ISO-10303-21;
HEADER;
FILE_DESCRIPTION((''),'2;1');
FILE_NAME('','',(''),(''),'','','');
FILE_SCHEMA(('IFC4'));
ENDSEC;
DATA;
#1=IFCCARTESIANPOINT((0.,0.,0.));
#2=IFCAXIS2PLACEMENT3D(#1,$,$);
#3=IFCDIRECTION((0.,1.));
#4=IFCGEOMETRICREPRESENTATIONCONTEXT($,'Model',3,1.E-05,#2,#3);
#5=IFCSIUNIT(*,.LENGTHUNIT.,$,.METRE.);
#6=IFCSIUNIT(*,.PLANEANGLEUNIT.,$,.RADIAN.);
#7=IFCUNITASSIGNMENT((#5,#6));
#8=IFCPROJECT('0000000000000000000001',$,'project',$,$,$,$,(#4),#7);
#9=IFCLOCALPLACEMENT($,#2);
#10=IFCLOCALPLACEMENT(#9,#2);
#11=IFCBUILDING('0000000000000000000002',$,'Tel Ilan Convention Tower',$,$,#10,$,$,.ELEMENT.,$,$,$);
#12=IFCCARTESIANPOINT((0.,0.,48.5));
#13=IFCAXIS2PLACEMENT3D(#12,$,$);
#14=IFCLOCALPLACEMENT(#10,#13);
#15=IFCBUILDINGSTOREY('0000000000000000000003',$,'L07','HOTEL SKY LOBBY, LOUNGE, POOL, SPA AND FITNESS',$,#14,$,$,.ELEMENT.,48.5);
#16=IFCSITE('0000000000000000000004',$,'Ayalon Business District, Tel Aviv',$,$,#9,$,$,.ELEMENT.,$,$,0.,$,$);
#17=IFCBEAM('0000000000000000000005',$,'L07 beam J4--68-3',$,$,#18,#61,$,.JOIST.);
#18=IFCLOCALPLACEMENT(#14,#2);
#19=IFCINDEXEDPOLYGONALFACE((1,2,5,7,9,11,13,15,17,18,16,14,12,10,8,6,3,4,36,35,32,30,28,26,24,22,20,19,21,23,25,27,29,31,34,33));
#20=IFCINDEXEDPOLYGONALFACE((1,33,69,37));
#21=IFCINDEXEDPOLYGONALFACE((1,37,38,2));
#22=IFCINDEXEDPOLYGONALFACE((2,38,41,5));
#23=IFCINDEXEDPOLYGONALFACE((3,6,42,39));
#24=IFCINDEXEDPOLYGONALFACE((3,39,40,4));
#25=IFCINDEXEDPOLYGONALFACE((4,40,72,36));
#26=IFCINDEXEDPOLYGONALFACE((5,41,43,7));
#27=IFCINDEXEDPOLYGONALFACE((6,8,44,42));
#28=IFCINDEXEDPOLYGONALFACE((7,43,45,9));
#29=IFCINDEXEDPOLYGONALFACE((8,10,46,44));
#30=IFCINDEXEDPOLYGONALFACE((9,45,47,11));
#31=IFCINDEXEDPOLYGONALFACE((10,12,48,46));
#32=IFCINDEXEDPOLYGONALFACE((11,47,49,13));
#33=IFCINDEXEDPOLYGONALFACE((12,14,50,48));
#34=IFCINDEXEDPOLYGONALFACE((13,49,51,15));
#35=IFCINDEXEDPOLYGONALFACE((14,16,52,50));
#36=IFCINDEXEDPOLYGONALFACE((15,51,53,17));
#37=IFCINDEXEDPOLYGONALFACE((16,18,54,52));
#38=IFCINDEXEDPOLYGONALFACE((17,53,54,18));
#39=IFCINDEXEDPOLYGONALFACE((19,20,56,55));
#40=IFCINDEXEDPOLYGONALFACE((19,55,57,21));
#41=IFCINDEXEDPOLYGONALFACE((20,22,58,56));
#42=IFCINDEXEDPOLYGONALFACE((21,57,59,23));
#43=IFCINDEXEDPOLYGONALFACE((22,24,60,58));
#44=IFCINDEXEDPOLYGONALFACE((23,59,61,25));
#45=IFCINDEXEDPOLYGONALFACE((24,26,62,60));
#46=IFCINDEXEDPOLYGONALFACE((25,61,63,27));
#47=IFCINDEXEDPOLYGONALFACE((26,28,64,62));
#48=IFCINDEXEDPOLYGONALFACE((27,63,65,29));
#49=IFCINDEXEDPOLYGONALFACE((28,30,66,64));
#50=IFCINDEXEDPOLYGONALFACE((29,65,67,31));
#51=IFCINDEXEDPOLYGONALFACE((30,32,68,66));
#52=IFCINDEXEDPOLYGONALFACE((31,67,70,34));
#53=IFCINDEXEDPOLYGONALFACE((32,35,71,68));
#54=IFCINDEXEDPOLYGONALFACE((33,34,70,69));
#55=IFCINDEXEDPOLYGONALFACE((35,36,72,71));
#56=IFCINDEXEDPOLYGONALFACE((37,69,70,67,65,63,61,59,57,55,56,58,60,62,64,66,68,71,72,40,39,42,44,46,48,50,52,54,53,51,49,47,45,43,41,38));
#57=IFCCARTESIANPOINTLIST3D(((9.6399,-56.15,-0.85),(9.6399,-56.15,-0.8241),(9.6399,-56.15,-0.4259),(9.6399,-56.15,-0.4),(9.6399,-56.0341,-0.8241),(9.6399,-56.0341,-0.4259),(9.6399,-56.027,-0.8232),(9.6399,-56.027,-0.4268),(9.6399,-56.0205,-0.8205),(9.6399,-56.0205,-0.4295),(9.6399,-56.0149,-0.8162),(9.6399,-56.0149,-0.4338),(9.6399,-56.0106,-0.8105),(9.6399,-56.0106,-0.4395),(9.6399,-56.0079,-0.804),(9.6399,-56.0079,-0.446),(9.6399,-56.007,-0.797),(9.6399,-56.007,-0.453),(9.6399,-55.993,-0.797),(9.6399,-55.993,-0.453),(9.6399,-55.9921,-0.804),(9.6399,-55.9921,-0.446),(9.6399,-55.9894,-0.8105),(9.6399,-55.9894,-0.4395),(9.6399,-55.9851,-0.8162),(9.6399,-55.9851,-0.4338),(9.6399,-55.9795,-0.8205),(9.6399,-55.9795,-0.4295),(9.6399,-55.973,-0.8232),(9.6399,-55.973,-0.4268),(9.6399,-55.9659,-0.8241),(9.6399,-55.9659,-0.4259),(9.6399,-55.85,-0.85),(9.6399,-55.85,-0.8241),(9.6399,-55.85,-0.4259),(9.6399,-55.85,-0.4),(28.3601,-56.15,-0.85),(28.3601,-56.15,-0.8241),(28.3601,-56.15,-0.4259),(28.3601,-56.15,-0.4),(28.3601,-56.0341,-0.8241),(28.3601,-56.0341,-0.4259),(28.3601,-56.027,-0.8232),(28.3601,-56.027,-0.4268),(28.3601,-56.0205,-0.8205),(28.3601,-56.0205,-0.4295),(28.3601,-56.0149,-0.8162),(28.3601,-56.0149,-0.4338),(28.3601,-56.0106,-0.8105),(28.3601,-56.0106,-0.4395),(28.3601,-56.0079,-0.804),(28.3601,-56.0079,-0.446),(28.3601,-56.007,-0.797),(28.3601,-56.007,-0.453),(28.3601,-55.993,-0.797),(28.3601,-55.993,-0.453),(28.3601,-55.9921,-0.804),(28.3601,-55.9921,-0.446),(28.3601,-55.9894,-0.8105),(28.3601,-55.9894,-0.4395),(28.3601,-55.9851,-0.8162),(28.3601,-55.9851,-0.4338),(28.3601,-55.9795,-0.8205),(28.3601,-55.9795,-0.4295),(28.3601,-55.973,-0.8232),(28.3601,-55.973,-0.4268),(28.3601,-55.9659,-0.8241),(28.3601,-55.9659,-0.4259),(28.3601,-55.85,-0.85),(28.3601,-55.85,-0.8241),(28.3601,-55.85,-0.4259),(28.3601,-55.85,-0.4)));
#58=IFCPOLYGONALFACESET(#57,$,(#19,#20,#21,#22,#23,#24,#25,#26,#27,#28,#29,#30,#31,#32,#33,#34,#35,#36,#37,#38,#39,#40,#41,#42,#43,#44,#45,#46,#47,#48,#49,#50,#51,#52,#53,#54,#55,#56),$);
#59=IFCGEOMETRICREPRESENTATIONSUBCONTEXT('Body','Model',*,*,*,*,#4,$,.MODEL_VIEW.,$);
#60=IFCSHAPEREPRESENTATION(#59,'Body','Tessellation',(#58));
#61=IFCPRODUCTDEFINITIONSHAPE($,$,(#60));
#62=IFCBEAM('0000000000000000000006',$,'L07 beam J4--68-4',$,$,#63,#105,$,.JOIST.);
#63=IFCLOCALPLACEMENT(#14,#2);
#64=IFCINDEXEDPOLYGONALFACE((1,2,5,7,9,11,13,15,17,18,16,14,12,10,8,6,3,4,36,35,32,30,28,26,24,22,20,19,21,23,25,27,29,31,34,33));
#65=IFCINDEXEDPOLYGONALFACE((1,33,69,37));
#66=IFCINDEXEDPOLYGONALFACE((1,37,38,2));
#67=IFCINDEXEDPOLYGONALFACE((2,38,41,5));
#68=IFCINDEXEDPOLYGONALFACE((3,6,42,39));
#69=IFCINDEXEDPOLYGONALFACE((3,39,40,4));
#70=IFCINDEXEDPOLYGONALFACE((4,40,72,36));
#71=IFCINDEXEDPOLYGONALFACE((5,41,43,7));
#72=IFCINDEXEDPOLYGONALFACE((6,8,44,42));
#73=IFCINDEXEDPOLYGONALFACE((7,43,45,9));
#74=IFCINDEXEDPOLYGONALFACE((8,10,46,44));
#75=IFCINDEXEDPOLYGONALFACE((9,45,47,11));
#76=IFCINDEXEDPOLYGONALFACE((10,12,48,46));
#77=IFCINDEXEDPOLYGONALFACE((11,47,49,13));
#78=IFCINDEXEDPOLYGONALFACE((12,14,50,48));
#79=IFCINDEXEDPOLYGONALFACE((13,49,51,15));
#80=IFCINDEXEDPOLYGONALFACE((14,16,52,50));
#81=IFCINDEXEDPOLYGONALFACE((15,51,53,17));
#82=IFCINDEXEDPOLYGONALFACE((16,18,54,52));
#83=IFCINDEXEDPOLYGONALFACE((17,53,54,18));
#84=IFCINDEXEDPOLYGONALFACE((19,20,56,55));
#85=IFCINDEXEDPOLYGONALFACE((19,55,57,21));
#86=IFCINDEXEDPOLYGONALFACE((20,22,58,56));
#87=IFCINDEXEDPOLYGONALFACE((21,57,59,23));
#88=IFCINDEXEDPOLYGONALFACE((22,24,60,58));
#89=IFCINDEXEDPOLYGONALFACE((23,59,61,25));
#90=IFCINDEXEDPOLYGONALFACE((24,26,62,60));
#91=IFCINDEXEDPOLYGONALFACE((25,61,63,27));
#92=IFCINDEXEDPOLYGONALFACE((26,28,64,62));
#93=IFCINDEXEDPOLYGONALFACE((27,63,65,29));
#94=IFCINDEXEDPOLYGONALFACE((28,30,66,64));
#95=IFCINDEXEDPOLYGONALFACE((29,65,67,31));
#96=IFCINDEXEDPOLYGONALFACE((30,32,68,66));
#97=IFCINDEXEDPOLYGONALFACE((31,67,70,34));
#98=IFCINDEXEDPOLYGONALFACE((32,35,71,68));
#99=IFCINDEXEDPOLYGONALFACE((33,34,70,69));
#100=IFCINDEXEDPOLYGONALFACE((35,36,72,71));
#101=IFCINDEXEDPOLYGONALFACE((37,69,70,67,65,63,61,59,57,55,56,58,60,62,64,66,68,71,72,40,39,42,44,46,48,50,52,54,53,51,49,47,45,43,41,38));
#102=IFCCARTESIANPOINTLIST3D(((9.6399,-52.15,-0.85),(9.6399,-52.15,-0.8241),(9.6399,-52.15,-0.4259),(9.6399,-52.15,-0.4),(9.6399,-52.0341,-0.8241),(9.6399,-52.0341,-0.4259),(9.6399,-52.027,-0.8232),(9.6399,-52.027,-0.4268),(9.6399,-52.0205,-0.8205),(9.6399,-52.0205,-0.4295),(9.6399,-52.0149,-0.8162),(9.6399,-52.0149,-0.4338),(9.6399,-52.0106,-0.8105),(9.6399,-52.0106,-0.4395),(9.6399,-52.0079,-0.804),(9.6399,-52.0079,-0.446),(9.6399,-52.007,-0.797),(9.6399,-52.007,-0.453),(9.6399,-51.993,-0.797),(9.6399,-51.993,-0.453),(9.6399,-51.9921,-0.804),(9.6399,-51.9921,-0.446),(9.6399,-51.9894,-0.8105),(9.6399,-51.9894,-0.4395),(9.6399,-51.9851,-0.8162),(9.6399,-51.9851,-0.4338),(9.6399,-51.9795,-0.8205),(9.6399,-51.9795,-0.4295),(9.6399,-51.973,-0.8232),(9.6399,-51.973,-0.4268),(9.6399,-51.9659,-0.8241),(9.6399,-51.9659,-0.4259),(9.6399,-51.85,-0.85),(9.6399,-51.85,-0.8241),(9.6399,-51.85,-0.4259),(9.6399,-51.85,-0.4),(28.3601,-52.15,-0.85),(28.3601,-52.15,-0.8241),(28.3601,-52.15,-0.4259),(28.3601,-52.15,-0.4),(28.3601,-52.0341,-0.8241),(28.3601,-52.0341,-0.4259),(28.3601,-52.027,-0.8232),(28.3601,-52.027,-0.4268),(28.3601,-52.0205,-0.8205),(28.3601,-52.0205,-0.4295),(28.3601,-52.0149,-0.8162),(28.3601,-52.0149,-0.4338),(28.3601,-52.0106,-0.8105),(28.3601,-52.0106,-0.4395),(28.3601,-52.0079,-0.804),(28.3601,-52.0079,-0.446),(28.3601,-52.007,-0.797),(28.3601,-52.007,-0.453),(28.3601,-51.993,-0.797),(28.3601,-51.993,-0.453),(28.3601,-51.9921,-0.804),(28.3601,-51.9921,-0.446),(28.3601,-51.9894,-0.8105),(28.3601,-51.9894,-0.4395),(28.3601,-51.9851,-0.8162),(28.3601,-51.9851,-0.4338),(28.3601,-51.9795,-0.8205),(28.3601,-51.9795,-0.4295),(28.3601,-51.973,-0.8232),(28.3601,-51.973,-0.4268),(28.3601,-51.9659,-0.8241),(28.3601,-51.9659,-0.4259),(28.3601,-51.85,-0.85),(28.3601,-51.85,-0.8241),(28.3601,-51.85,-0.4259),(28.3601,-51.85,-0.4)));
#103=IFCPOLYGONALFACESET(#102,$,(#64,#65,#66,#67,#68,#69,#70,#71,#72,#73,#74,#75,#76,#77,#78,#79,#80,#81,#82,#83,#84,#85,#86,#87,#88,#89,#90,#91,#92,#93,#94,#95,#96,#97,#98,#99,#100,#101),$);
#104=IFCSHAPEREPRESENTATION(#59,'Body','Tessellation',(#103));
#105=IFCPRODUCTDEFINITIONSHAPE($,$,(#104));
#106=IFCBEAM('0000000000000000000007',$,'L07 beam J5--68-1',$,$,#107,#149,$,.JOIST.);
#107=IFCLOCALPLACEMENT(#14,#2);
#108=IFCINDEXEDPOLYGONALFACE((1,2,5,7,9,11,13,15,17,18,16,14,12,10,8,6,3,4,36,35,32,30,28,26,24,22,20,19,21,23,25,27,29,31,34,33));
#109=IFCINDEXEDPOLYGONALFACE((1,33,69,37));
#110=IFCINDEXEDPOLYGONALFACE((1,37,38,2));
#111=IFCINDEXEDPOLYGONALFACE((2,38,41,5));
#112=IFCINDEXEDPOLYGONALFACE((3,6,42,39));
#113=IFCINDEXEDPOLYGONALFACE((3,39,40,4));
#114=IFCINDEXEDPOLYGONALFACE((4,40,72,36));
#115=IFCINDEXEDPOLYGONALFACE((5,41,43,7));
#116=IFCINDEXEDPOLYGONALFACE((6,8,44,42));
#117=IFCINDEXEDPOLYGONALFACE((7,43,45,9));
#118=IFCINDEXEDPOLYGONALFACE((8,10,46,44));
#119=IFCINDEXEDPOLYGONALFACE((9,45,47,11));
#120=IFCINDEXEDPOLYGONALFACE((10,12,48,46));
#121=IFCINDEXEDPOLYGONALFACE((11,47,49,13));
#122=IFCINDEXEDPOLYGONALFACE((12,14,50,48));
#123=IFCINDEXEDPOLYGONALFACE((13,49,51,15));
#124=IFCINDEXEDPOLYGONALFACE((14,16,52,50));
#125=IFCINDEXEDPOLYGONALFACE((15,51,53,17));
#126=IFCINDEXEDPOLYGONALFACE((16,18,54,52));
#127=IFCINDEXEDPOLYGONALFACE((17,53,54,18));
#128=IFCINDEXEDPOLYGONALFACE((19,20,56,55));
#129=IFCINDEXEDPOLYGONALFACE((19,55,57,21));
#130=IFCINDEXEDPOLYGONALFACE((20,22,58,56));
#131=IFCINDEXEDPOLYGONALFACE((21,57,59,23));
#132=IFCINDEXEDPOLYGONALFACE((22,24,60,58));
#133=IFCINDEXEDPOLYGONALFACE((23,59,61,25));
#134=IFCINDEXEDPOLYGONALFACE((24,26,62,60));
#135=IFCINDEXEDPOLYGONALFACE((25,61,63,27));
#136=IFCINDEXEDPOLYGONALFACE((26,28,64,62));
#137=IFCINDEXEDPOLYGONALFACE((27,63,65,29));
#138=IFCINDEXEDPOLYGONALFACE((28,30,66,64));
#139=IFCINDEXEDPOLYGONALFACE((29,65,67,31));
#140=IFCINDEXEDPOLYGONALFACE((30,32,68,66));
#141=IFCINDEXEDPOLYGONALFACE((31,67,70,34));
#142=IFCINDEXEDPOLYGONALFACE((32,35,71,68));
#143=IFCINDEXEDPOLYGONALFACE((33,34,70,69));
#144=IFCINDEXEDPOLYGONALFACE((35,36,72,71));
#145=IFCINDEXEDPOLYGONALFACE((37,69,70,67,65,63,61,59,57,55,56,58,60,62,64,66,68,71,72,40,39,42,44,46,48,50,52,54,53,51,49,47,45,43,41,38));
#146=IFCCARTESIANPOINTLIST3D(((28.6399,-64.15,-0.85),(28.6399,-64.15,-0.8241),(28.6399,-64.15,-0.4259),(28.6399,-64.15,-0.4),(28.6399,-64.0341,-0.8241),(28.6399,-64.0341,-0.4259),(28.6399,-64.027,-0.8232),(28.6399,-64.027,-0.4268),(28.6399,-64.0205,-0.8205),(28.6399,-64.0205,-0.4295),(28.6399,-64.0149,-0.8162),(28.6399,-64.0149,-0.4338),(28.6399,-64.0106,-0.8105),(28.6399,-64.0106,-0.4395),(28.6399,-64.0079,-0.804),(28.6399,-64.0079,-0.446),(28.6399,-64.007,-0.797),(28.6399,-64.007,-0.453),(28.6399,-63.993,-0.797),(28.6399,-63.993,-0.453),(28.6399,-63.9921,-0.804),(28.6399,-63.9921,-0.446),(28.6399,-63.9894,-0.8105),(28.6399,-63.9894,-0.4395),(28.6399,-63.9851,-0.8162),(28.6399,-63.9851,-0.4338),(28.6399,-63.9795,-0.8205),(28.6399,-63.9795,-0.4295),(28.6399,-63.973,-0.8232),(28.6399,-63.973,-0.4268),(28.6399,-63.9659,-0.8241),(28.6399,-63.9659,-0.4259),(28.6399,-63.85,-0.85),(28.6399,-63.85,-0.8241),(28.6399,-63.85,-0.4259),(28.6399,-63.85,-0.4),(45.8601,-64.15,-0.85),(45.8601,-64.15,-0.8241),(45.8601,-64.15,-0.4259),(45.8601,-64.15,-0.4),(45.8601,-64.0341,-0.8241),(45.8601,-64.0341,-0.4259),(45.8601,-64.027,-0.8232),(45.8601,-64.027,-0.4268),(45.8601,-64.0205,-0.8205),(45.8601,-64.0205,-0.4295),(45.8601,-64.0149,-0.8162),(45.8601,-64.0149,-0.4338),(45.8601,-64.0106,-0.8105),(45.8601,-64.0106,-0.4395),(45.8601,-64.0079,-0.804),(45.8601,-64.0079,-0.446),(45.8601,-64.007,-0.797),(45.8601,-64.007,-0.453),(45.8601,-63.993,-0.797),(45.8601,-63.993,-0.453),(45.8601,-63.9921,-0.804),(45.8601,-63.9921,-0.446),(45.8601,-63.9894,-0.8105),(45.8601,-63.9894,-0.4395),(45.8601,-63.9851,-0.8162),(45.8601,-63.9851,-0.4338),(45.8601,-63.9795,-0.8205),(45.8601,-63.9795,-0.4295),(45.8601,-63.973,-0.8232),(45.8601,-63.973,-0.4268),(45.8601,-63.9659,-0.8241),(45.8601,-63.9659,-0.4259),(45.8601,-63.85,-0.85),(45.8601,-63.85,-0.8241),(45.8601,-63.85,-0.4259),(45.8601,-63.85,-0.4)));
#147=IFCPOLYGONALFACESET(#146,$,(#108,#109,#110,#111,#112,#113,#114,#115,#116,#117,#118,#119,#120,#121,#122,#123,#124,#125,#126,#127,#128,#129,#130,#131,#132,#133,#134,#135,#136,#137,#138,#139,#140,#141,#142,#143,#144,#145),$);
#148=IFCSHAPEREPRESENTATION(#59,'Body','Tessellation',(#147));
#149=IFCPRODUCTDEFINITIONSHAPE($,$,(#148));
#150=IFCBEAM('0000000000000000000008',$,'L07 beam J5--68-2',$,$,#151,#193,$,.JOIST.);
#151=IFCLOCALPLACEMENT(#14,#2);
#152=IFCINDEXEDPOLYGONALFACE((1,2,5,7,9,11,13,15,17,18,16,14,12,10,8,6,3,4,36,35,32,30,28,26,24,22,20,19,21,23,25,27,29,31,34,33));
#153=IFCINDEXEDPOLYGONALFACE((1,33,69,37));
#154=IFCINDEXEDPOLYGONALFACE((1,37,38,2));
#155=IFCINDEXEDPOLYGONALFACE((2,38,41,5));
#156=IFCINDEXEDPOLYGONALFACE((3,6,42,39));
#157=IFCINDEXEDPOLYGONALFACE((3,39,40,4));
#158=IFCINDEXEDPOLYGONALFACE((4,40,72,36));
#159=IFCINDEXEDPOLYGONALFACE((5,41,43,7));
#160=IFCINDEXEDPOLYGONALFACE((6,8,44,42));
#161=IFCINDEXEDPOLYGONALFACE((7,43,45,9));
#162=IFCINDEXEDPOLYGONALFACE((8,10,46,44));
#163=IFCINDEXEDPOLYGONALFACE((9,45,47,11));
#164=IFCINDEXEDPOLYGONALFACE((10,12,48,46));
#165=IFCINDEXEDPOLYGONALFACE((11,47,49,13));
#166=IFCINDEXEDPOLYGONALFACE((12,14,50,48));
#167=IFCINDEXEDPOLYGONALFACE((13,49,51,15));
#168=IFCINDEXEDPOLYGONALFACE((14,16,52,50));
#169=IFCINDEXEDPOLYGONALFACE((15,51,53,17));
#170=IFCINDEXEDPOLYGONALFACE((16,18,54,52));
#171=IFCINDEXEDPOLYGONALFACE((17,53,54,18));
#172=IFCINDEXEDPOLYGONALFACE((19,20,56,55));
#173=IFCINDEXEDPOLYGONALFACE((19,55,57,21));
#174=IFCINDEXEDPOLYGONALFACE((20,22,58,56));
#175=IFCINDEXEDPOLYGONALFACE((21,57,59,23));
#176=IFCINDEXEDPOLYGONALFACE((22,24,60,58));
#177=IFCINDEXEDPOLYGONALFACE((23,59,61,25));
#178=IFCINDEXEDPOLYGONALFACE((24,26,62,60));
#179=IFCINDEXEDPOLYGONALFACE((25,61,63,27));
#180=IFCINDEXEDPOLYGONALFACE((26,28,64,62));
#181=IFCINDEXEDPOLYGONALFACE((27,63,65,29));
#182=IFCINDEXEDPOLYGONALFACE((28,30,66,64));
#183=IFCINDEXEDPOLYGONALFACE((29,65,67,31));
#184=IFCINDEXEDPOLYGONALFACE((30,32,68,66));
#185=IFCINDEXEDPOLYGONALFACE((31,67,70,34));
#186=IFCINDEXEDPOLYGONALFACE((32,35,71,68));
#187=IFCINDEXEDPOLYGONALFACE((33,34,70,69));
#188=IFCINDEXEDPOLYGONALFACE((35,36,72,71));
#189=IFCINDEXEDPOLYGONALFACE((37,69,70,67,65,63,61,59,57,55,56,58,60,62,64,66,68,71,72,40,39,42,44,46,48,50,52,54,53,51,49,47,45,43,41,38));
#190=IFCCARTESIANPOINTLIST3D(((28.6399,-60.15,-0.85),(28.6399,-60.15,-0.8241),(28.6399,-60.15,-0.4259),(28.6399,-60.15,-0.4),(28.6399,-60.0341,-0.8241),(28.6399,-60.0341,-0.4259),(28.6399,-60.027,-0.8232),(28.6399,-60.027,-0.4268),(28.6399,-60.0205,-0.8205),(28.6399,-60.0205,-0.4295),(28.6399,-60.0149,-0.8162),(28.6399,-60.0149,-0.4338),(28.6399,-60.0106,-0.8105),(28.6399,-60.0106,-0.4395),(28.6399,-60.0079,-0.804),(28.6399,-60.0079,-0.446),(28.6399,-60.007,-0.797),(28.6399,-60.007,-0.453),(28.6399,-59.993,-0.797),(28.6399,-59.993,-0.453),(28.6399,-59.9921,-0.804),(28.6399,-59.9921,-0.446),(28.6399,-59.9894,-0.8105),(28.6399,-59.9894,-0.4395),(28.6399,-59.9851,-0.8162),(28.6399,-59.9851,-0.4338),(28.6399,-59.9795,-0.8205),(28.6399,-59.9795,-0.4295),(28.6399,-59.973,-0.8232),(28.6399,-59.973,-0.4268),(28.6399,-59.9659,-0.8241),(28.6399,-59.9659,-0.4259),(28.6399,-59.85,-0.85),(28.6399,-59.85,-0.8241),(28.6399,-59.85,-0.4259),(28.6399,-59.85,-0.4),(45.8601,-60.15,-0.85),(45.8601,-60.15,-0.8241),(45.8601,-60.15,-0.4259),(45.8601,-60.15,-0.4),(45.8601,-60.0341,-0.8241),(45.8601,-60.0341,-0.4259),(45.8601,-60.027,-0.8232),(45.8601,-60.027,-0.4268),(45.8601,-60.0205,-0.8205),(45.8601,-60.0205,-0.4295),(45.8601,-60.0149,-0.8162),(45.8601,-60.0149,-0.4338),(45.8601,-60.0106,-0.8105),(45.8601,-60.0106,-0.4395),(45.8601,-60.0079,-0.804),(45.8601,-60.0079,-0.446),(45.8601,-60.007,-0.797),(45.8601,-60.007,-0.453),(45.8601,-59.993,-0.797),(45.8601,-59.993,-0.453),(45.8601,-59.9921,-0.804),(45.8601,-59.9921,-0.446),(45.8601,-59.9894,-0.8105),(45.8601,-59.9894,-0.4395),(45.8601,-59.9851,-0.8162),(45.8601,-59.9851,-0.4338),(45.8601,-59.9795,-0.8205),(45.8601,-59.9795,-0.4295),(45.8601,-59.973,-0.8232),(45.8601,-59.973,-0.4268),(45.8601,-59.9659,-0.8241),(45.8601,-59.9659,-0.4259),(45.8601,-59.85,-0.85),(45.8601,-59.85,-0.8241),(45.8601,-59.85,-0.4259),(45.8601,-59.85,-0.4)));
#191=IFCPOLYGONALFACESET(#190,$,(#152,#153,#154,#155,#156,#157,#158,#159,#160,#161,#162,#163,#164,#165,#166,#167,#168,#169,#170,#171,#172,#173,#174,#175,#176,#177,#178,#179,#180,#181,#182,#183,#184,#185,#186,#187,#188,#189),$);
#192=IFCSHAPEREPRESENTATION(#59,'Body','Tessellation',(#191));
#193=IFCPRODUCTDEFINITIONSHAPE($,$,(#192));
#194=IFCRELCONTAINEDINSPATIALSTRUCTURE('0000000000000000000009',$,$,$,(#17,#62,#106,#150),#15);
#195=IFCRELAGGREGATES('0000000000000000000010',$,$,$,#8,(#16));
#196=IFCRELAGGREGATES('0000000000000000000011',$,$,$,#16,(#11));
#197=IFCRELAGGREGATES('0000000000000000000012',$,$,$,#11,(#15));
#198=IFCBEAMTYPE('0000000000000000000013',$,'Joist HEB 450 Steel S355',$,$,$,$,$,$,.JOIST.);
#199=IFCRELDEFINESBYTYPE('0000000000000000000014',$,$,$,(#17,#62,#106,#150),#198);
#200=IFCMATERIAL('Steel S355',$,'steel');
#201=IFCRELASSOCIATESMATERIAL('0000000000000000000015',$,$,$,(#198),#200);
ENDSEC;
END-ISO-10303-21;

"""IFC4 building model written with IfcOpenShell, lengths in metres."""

from ifc_helpers import new_model, si_unit, direction, frame, origin, origin_2d, place, context, subcontext, project, spatial, i_section, extrude, material, material_profile, profile_set, type_object, element, save


model = new_model("IFC4")

# Units and contexts
model_context = context("Model", 3, precision=1e-05, world=origin(), true_north=direction((0.0, 1.0)))
body_context = subcontext(model_context, "Body", "Model", "MODEL_VIEW")
ifc_project = project(units=[si_unit("LENGTHUNIT", "METRE"), si_unit("PLANEANGLEUNIT", "RADIAN")], contexts=[model_context])

# Site, building, storey
site_placement = place(None, origin())
site = spatial("IfcSite", under=ifc_project, at=site_placement, Name="Ayalon Business District, Tel Aviv", CompositionType="ELEMENT", RefElevation=0.0)
building_placement = place(site_placement, origin())
building = spatial("IfcBuilding", under=site, at=building_placement, Name="Tel Ilan Convention Tower", CompositionType="ELEMENT")
storey_placement = place(building_placement, frame((0.0, 0.0, 48.5)))
storey = spatial("IfcBuildingStorey", under=building, at=storey_placement, Name="L07", Description="HOTEL SKY LOBBY, LOUNGE, POOL, SPA AND FITNESS", CompositionType="ELEMENT", Elevation=48.5)

# Beams
ifc_material_1 = material(Name="Steel S355", Category="steel")
ifc_material_profile_1 = material_profile(ifc_material_1, i_section(OverallWidth=0.3, OverallDepth=0.45, WebThickness=0.0139, FlangeThickness=0.0259, FilletRadius=0.0271, at=origin_2d()), Name="HEB 450")
ifc_profile_set_1 = profile_set([ifc_material_profile_1], Name="Steel S355")
beam_type_1 = type_object("IfcBeamType", Name="Joist HEB 450 Steel S355", PredefinedType="JOIST", material=ifc_profile_set_1)
for number, where, z_axis, x_axis, name in (
    (1, (9.6399, -56.0, -0.625), (1.0, 0.0, 0.0), (0.0, 1.0, 0.0), "L07 beam J4--68-3"),
    (2, (9.6399, -52.0, -0.625), (1.0, 0.0, 0.0), (0.0, 1.0, 0.0), "L07 beam J4--68-4"),
):
    element("IfcBeam", number, at=place(storey_placement, frame(where, z_axis=z_axis, x_axis=x_axis)), inside=storey, type_object=beam_type_1, Name=name, PredefinedType="JOIST", context=body_context, shape_type="SweptSolid", body=[
        extrude(i_section(OverallWidth=0.3, OverallDepth=0.45, WebThickness=0.0139, FlangeThickness=0.0259, FilletRadius=0.0271, at=origin_2d()), origin(), (0.0, 0.0, 1.0), 18.7202),
    ])
for number, where, z_axis, x_axis, name in (
    (3, (28.6399, -64.0, -0.625), (1.0, 0.0, 0.0), (0.0, 1.0, 0.0), "L07 beam J5--68-1"),
    (4, (28.6399, -60.0, -0.625), (1.0, 0.0, 0.0), (0.0, 1.0, 0.0), "L07 beam J5--68-2"),
):
    element("IfcBeam", number, at=place(storey_placement, frame(where, z_axis=z_axis, x_axis=x_axis)), inside=storey, type_object=beam_type_1, Name=name, PredefinedType="JOIST", context=body_context, shape_type="SweptSolid", body=[
        extrude(i_section(OverallWidth=0.3, OverallDepth=0.45, WebThickness=0.0139, FlangeThickness=0.0259, FilletRadius=0.0271, at=origin_2d()), origin(), (0.0, 0.0, 1.0), 17.2202),
    ])

save(model, "model.ifc")
